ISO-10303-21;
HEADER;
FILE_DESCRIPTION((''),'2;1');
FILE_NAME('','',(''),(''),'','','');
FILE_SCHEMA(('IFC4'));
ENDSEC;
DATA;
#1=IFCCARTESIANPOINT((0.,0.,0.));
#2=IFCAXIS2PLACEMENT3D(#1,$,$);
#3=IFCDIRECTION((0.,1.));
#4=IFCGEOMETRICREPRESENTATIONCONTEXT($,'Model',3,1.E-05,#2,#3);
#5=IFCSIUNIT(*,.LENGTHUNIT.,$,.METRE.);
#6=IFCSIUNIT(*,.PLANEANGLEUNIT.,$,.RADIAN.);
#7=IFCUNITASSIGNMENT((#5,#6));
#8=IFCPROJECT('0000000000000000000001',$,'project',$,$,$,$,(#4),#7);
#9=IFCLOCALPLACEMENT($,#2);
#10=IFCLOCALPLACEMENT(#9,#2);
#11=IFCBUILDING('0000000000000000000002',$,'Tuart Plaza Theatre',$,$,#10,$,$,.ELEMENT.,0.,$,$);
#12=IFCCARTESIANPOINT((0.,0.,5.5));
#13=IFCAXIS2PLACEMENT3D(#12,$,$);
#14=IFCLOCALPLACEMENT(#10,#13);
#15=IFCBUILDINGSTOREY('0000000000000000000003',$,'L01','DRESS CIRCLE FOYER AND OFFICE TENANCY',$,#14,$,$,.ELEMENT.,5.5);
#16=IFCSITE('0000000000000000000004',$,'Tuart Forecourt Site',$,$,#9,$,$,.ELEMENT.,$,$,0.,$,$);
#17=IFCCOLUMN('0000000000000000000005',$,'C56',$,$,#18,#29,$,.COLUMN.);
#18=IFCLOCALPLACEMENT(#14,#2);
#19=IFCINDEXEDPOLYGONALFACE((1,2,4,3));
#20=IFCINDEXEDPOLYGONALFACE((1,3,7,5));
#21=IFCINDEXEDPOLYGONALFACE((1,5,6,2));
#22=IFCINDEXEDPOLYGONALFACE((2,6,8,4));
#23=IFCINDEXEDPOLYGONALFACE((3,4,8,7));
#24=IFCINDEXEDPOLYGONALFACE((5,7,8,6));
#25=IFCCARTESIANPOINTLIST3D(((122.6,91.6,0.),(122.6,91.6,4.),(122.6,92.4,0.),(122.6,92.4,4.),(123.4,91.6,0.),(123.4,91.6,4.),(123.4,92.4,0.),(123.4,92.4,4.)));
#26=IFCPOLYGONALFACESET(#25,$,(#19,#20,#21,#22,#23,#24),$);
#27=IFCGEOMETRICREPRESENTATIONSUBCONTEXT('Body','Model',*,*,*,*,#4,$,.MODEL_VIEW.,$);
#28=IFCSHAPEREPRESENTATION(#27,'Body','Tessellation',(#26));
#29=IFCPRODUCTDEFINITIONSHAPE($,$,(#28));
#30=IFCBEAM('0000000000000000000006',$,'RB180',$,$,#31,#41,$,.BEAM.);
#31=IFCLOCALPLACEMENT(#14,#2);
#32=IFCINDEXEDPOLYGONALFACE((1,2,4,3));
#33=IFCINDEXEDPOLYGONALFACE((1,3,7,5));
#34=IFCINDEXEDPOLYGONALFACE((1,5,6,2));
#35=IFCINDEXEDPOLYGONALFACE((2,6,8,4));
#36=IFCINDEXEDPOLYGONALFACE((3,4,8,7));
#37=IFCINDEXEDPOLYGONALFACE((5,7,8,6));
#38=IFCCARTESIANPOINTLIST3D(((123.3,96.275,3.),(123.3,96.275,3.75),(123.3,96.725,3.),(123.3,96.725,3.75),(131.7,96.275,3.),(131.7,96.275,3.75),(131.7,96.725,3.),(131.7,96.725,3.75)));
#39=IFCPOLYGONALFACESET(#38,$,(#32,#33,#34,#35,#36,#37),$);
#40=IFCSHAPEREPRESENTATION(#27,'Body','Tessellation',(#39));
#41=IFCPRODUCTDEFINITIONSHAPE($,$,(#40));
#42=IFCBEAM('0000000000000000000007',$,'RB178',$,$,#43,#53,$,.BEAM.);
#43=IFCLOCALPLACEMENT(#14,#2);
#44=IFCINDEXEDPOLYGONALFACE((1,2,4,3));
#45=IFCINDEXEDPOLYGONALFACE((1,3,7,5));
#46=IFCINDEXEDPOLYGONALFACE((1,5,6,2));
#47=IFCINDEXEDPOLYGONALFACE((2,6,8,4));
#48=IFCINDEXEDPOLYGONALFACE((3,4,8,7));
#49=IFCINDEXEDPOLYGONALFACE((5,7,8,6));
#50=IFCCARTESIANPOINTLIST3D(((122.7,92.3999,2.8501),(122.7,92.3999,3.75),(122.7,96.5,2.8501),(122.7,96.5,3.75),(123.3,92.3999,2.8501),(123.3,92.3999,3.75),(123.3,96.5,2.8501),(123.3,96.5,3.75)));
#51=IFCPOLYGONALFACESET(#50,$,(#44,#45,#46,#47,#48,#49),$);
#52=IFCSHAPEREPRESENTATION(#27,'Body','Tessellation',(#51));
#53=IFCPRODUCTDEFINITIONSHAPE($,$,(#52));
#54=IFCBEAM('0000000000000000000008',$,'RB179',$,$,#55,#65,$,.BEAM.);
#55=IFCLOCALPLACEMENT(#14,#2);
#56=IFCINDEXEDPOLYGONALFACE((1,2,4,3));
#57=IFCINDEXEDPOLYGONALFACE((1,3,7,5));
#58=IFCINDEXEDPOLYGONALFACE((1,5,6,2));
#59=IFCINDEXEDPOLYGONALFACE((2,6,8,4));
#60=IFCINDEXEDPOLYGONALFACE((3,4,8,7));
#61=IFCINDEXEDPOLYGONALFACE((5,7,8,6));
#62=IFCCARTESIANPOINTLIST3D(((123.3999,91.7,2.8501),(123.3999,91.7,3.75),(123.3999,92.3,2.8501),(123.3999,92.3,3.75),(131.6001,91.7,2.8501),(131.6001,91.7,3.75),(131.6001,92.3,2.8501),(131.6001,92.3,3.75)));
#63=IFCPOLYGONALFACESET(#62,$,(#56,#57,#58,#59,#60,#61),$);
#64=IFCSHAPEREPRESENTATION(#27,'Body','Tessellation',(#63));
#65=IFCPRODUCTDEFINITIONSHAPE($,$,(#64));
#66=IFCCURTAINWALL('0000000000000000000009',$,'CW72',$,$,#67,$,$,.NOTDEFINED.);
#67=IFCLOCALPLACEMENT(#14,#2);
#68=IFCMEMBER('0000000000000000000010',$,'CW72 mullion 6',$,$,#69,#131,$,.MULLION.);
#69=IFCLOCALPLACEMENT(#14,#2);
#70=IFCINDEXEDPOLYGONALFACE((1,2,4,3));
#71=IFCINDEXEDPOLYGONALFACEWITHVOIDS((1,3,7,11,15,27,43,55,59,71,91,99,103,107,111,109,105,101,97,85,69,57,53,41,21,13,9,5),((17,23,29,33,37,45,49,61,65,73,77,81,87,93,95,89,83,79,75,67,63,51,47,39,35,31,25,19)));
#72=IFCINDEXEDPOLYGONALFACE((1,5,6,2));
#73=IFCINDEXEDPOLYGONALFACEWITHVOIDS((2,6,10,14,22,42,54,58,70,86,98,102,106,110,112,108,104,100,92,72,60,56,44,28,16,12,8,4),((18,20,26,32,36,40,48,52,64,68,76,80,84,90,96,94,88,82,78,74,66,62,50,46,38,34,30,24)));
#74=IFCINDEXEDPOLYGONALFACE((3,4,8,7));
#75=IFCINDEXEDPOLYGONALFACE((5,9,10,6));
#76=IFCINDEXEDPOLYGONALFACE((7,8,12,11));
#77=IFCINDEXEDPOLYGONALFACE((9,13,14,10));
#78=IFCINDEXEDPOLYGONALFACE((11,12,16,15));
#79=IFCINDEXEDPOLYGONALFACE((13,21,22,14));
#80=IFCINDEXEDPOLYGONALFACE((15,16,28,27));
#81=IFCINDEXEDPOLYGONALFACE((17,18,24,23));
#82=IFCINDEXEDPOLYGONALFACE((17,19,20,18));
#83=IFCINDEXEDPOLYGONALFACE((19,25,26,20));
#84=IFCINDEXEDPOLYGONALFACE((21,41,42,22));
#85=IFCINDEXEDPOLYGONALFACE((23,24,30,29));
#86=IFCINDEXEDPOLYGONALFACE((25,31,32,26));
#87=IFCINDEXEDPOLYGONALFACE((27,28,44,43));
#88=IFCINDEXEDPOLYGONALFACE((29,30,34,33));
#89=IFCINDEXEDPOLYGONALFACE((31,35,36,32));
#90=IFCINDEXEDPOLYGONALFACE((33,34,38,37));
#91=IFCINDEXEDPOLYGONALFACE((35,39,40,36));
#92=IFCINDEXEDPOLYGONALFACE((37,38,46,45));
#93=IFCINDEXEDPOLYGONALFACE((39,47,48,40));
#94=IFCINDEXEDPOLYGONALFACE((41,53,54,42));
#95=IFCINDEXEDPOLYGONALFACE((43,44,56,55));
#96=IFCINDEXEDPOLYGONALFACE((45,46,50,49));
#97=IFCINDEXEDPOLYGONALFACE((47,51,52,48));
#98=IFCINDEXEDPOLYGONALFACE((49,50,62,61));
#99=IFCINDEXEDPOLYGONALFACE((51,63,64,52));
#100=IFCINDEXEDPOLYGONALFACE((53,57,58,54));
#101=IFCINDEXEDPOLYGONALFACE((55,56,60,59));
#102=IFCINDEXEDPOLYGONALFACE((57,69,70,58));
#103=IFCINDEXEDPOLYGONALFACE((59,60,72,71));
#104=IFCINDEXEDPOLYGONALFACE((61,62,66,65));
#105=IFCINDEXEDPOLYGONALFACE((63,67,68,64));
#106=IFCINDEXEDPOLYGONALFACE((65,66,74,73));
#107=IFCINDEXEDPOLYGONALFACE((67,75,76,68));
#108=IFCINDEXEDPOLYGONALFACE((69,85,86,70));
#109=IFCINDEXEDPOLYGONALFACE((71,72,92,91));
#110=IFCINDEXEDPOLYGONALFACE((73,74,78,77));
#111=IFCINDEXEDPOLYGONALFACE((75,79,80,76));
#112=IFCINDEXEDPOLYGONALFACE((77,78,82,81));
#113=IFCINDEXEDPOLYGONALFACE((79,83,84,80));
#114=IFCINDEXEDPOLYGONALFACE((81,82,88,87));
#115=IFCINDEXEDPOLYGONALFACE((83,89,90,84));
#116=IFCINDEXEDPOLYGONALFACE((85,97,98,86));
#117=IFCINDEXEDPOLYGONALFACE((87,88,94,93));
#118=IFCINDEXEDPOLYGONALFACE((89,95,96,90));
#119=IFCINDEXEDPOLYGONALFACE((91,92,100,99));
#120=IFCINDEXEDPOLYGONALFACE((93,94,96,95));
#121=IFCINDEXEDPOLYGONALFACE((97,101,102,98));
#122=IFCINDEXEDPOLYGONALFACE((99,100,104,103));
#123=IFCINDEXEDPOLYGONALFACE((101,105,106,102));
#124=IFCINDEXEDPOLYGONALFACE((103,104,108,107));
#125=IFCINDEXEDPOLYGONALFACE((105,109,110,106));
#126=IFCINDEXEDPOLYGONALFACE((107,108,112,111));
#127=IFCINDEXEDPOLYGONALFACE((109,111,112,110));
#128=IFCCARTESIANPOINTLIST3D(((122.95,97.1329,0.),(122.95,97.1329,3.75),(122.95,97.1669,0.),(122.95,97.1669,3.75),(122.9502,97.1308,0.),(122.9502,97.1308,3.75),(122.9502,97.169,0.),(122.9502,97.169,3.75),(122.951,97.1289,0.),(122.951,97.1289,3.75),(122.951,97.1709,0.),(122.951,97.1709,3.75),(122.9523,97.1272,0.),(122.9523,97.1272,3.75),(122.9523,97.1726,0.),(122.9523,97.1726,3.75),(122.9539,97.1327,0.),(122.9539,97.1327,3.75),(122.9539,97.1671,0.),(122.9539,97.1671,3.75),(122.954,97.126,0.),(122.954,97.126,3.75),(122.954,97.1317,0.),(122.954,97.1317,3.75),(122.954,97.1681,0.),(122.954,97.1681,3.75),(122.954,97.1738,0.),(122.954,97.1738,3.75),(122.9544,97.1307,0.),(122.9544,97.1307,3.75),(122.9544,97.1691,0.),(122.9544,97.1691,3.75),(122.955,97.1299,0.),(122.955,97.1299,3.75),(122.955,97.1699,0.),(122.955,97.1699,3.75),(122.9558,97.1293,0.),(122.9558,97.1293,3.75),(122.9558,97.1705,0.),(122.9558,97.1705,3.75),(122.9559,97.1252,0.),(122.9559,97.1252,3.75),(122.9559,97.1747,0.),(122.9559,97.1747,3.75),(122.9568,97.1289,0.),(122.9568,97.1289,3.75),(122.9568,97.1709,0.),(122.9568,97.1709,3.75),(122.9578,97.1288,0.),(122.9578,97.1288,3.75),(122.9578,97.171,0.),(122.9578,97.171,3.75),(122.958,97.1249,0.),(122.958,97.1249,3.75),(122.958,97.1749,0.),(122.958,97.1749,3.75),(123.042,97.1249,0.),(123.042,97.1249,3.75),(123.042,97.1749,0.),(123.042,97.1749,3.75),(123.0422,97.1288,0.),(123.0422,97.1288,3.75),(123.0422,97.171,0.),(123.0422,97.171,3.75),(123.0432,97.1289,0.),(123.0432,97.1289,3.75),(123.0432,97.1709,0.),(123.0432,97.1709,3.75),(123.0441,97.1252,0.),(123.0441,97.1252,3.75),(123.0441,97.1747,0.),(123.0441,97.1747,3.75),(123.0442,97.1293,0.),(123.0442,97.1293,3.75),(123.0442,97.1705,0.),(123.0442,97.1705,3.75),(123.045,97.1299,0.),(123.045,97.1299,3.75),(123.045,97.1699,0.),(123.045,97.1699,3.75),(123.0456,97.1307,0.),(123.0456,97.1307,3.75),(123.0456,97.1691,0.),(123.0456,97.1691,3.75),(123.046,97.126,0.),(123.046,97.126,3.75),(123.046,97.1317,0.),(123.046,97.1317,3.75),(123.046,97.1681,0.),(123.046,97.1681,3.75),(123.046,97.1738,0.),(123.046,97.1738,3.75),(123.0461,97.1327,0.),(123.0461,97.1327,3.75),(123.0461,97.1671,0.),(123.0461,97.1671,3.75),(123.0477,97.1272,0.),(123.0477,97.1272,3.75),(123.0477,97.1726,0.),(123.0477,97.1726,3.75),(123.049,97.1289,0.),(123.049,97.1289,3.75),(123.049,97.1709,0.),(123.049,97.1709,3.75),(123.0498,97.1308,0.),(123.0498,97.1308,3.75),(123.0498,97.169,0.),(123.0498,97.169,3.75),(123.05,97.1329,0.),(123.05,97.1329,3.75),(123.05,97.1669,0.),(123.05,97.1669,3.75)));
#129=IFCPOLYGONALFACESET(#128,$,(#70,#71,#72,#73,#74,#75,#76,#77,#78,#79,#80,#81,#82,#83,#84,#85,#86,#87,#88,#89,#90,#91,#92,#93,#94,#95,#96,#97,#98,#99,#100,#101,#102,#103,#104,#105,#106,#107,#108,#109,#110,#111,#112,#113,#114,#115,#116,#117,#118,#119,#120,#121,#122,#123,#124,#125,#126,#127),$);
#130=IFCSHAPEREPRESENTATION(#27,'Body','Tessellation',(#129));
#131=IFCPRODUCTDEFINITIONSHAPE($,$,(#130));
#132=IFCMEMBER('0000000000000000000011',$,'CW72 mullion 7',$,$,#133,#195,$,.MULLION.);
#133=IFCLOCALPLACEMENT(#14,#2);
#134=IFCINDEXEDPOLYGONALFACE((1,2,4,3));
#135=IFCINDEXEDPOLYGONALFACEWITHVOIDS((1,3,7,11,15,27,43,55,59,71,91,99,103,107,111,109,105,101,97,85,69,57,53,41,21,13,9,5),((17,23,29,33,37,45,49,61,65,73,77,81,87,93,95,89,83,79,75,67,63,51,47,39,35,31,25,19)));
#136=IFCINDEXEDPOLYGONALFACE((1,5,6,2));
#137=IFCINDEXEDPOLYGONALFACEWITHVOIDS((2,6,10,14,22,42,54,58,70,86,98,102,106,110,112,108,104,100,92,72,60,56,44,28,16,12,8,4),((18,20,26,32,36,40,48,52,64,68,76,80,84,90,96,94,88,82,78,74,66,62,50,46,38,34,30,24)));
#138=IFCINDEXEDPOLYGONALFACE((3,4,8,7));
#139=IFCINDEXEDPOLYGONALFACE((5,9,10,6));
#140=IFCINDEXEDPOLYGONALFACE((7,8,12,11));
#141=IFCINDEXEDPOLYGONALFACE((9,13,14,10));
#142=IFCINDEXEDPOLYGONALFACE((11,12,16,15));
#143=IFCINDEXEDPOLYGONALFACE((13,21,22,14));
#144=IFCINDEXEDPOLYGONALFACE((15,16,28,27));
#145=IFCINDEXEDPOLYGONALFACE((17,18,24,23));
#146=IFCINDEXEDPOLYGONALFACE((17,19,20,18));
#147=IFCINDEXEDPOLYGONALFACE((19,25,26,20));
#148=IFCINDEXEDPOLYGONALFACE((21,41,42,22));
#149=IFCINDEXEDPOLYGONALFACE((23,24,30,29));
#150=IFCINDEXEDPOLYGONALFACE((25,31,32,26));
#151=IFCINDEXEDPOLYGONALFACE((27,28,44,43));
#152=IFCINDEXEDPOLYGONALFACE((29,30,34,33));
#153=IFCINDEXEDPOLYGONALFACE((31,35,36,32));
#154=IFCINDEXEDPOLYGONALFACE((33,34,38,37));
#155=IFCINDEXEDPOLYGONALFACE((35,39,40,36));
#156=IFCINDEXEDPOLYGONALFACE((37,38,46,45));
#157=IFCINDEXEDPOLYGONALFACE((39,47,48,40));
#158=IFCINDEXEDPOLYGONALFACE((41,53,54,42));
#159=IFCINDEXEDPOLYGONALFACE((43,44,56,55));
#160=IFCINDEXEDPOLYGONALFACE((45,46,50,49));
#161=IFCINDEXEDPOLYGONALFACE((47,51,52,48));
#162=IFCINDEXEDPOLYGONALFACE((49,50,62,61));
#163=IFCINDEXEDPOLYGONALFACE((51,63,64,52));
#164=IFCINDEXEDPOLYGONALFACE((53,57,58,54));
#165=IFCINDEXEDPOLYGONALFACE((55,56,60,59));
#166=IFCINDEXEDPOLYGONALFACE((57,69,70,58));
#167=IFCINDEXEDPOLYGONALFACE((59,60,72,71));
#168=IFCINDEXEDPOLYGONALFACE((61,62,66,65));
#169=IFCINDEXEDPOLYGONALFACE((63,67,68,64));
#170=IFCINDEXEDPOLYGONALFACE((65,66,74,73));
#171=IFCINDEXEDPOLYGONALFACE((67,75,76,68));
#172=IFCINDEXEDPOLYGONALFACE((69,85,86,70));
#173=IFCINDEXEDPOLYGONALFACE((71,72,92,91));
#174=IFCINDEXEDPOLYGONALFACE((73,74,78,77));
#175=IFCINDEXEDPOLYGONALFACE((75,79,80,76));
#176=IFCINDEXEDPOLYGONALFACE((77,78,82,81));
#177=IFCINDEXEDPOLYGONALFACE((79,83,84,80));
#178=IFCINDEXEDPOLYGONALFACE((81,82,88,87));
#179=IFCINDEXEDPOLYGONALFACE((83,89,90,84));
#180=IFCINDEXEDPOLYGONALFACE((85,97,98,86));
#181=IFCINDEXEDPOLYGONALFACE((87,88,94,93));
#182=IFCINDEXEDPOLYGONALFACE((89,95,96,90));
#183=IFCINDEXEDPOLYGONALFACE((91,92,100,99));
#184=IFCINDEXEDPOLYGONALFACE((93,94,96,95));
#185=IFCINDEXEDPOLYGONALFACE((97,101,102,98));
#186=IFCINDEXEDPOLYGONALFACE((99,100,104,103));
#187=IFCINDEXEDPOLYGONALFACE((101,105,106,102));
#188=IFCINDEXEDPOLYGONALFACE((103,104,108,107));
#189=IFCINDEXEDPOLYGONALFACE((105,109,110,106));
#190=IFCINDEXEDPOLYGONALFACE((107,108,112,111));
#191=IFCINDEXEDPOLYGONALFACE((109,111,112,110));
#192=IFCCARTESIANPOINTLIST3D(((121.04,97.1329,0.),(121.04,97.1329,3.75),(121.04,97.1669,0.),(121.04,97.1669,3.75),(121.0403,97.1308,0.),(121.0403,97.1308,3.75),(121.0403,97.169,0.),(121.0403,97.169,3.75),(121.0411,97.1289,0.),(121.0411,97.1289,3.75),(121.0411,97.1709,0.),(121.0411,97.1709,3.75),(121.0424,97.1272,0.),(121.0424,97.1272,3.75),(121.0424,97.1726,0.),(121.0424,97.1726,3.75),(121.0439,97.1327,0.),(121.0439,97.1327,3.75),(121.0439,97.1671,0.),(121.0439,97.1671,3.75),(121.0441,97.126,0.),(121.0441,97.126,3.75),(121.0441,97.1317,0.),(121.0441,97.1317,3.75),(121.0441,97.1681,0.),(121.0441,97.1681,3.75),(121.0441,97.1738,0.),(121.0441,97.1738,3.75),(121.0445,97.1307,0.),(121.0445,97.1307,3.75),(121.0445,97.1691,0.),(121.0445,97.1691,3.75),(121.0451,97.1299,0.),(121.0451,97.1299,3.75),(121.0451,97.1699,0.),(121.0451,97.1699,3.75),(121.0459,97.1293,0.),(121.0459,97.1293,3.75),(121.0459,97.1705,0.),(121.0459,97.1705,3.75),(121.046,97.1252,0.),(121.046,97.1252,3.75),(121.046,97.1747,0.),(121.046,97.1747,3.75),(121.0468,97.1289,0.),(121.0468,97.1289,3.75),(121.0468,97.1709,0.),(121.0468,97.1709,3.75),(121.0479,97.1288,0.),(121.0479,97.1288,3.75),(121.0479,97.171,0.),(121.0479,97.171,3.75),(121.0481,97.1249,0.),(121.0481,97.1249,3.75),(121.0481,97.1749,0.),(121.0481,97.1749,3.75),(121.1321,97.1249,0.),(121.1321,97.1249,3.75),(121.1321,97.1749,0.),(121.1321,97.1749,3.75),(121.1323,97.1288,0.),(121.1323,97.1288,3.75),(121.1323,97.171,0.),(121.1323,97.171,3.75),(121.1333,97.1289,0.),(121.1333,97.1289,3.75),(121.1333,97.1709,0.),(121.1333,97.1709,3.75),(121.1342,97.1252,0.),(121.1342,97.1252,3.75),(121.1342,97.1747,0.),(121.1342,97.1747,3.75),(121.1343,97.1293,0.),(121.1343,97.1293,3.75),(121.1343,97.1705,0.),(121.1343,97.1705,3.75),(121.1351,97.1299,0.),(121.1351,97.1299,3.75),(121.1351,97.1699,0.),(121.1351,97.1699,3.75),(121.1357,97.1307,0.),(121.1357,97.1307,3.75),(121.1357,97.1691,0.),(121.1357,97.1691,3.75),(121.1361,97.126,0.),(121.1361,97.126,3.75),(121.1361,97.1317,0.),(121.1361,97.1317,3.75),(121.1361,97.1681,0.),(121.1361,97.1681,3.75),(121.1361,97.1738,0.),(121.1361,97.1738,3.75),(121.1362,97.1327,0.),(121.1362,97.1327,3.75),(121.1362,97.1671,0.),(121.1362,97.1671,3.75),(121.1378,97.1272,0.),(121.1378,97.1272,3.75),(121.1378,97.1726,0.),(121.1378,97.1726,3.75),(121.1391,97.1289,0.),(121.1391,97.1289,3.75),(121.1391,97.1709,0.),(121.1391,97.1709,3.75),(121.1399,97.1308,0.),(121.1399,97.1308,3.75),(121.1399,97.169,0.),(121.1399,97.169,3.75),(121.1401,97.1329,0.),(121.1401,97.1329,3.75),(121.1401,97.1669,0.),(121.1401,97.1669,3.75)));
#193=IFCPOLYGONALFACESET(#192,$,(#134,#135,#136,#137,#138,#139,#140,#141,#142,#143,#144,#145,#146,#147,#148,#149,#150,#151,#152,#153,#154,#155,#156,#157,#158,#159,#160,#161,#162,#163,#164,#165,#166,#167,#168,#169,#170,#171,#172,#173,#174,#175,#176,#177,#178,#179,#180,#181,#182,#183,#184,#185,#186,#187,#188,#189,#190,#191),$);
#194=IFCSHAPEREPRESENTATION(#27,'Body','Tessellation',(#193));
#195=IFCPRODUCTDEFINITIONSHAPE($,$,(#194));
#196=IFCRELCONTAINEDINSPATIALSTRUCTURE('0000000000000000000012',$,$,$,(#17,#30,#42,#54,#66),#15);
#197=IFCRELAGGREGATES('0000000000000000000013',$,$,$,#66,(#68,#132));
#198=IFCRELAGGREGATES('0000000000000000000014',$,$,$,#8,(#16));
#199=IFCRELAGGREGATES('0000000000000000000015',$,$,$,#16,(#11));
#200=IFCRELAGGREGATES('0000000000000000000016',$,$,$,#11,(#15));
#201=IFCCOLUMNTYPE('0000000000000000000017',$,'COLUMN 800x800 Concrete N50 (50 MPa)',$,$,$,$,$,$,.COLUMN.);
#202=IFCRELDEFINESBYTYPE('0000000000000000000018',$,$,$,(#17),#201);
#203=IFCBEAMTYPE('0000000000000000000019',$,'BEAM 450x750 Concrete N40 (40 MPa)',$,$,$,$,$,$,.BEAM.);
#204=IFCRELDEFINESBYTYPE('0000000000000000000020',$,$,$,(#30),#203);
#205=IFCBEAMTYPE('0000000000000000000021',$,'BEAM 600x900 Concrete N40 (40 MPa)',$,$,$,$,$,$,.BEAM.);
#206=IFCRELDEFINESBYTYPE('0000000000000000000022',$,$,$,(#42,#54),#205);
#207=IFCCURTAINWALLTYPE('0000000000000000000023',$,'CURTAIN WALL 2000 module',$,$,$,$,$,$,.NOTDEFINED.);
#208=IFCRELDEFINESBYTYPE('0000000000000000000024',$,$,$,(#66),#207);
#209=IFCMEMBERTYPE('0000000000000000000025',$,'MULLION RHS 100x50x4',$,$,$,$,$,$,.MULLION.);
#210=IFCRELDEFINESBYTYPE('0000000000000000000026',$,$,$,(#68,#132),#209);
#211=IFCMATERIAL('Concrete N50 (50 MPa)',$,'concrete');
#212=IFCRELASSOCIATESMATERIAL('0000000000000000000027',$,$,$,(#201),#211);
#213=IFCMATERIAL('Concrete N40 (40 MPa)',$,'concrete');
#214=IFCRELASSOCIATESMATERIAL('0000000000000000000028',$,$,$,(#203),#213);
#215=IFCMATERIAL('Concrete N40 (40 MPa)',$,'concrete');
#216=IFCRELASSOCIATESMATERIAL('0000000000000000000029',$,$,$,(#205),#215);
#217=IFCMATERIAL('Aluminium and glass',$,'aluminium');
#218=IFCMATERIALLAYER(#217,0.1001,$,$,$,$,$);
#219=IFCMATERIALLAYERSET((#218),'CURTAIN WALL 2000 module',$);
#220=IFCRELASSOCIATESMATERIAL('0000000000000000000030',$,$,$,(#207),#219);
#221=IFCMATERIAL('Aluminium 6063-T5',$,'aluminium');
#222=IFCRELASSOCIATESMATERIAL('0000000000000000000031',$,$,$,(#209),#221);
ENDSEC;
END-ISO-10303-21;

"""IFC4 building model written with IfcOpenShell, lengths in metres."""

from ifc_helpers import new_model, si_unit, direction, frame, origin, origin_2d, place, context, subcontext, project, spatial, rectangle, hollow_rectangle, extrude, material, layer, layer_set, material_profile, profile_set, type_object, element, aggregate, save


model = new_model("IFC4")

# Units and contexts
model_context = context("Model", 3, precision=1e-05, world=origin(), true_north=direction((0.0, 1.0)))
body_context = subcontext(model_context, "Body", "Model", "MODEL_VIEW")
ifc_project = project(units=[si_unit("LENGTHUNIT", "METRE"), si_unit("PLANEANGLEUNIT", "RADIAN")], contexts=[model_context])

# Site, building, storey
site_placement = place(None, origin())
site = spatial("IfcSite", under=ifc_project, at=site_placement, Name="Tuart Forecourt Site", CompositionType="ELEMENT", RefElevation=0.0)
building_placement = place(site_placement, origin())
building = spatial("IfcBuilding", under=site, at=building_placement, Name="Tuart Plaza Theatre", CompositionType="ELEMENT", ElevationOfRefHeight=0.0)
storey_placement = place(building_placement, frame((0.0, 0.0, 5.5)))
storey = spatial("IfcBuildingStorey", under=building, at=storey_placement, Name="L01", Description="DRESS CIRCLE FOYER AND OFFICE TENANCY", CompositionType="ELEMENT", Elevation=5.5)

# Column
ifc_material_1 = material(Name="Concrete N50 (50 MPa)", Category="concrete")
ifc_material_profile_1 = material_profile(ifc_material_1, rectangle(XDim=0.8, YDim=0.8, at=origin_2d()), Name="COLUMN 800x800 Concrete N50 (50 MPa)")
ifc_profile_set_1 = profile_set([ifc_material_profile_1], Name="Concrete N50 (50 MPa)")
column_type = type_object("IfcColumnType", Name="COLUMN 800x800 Concrete N50 (50 MPa)", PredefinedType="COLUMN", material=ifc_profile_set_1)
column_placement = place(storey_placement, frame((123.0, 92.0, 0.0), z_axis=(0.0, 0.0, 1.0), x_axis=(1.0, 0.0, 0.0)))
element("IfcColumn", 1, at=column_placement, inside=storey, type_object=column_type, Name="C56", PredefinedType="COLUMN", context=body_context, shape_type="SweptSolid", body=[
    extrude(rectangle(XDim=0.8, YDim=0.8, at=origin_2d()), origin(), (0.0, 0.0, 1.0), 4.0),
])

# Beams
ifc_material_2 = material(Name="Concrete N40 (40 MPa)", Category="concrete")
ifc_material_profile_2 = material_profile(ifc_material_2, rectangle(XDim=0.45, YDim=0.75, at=origin_2d()), Name="BEAM 450x750 Concrete N40 (40 MPa)")
ifc_profile_set_2 = profile_set([ifc_material_profile_2], Name="Concrete N40 (40 MPa)")
beam_type_1 = type_object("IfcBeamType", Name="BEAM 450x750 Concrete N40 (40 MPa)", PredefinedType="BEAM", material=ifc_profile_set_2)
beam_1_placement = place(storey_placement, frame((123.3, 96.5, 3.375), z_axis=(1.0, 0.0, 0.0), x_axis=(0.0, 1.0, 0.0)))
element("IfcBeam", 2, at=beam_1_placement, inside=storey, type_object=beam_type_1, Name="RB180", PredefinedType="BEAM", context=body_context, shape_type="SweptSolid", body=[
    extrude(rectangle(XDim=0.45, YDim=0.75, at=origin_2d()), origin(), (0.0, 0.0, 1.0), 8.3999),
])
ifc_material_3 = material(Name="Concrete N40 (40 MPa)", Category="concrete")
ifc_material_profile_3 = material_profile(ifc_material_3, rectangle(XDim=0.6001, YDim=0.8999, at=origin_2d()), Name="BEAM 600x900 Concrete N40 (40 MPa)")
ifc_profile_set_3 = profile_set([ifc_material_profile_3], Name="Concrete N40 (40 MPa)")
beam_type_2 = type_object("IfcBeamType", Name="BEAM 600x900 Concrete N40 (40 MPa)", PredefinedType="BEAM", material=ifc_profile_set_3)
beam_2_placement = place(storey_placement, frame((123.0, 92.3999, 3.3), z_axis=(0.0, 1.0, 0.0), x_axis=(-1.0, 0.0, 0.0)))
element("IfcBeam", 3, at=beam_2_placement, inside=storey, type_object=beam_type_2, Name="RB178", PredefinedType="BEAM", context=body_context, shape_type="SweptSolid", body=[
    extrude(rectangle(XDim=0.6001, YDim=0.8999, at=origin_2d()), origin(), (0.0, 0.0, 1.0), 4.1001),
])
beam_3_placement = place(storey_placement, frame((123.3999, 92.0, 3.3), z_axis=(1.0, 0.0, 0.0), x_axis=(0.0, 1.0, 0.0)))
element("IfcBeam", 4, at=beam_3_placement, inside=storey, type_object=beam_type_2, Name="RB179", PredefinedType="BEAM", context=body_context, shape_type="SweptSolid", body=[
    extrude(rectangle(XDim=0.6001, YDim=0.8999, at=origin_2d()), origin(), (0.0, 0.0, 1.0), 8.2002),
])

# Curtain wall, members
ifc_material_4 = material(Name="Aluminium and glass", Category="aluminium")
ifc_layer_1 = layer(ifc_material_4, 0.1001)
ifc_layer_set_1 = layer_set([ifc_layer_1], Name="CURTAIN WALL 2000 module")
curtain_wall_type = type_object("IfcCurtainWallType", Name="CURTAIN WALL 2000 module", PredefinedType="NOTDEFINED", material=ifc_layer_set_1)
curtain_wall_placement = place(storey_placement, origin())
curtain_wall = element("IfcCurtainWall", 5, at=curtain_wall_placement, inside=storey, type_object=curtain_wall_type, Name="CW72", PredefinedType="NOTDEFINED")
ifc_material_5 = material(Name="Aluminium 6063-T5", Category="aluminium")
ifc_material_profile_4 = material_profile(ifc_material_5, hollow_rectangle(XDim=0.05, YDim=0.1001, WallThickness=0.0039, InnerFilletRadius=0.0039, OuterFilletRadius=0.0081, at=origin_2d()), Name="RHS 100x50x4")
ifc_profile_set_4 = profile_set([ifc_material_profile_4], Name="Aluminium 6063-T5")
member_type_1 = type_object("IfcMemberType", Name="MULLION RHS 100x50x4", PredefinedType="MULLION", material=ifc_profile_set_4)
member_1_placement = place(storey_placement, frame((123.0, 97.1499, 0.0), z_axis=(0.0, 0.0, 1.0), x_axis=(0.0, -1.0, 0.0)))
member_1 = element("IfcMember", 6, at=member_1_placement, type_object=member_type_1, Name="CW72 mullion 6", PredefinedType="MULLION", context=body_context, shape_type="SweptSolid", body=[
    extrude(hollow_rectangle(XDim=0.05, YDim=0.1001, WallThickness=0.0039, InnerFilletRadius=0.0039, OuterFilletRadius=0.0081, at=origin_2d()), origin(), (0.0, 0.0, 1.0), 3.75),
])
member_2_placement = place(storey_placement, frame((121.0901, 97.1499, 0.0), z_axis=(0.0, 0.0, 1.0), x_axis=(0.0, -1.0, 0.0)))
member_2 = element("IfcMember", 7, at=member_2_placement, type_object=member_type_1, Name="CW72 mullion 7", PredefinedType="MULLION", context=body_context, shape_type="SweptSolid", body=[
    extrude(hollow_rectangle(XDim=0.05, YDim=0.1001, WallThickness=0.0039, InnerFilletRadius=0.0039, OuterFilletRadius=0.0081, at=origin_2d()), origin(), (0.0, 0.0, 1.0), 3.75),
])
aggregate(curtain_wall, [member_1, member_2])

save(model, "model.ifc")
